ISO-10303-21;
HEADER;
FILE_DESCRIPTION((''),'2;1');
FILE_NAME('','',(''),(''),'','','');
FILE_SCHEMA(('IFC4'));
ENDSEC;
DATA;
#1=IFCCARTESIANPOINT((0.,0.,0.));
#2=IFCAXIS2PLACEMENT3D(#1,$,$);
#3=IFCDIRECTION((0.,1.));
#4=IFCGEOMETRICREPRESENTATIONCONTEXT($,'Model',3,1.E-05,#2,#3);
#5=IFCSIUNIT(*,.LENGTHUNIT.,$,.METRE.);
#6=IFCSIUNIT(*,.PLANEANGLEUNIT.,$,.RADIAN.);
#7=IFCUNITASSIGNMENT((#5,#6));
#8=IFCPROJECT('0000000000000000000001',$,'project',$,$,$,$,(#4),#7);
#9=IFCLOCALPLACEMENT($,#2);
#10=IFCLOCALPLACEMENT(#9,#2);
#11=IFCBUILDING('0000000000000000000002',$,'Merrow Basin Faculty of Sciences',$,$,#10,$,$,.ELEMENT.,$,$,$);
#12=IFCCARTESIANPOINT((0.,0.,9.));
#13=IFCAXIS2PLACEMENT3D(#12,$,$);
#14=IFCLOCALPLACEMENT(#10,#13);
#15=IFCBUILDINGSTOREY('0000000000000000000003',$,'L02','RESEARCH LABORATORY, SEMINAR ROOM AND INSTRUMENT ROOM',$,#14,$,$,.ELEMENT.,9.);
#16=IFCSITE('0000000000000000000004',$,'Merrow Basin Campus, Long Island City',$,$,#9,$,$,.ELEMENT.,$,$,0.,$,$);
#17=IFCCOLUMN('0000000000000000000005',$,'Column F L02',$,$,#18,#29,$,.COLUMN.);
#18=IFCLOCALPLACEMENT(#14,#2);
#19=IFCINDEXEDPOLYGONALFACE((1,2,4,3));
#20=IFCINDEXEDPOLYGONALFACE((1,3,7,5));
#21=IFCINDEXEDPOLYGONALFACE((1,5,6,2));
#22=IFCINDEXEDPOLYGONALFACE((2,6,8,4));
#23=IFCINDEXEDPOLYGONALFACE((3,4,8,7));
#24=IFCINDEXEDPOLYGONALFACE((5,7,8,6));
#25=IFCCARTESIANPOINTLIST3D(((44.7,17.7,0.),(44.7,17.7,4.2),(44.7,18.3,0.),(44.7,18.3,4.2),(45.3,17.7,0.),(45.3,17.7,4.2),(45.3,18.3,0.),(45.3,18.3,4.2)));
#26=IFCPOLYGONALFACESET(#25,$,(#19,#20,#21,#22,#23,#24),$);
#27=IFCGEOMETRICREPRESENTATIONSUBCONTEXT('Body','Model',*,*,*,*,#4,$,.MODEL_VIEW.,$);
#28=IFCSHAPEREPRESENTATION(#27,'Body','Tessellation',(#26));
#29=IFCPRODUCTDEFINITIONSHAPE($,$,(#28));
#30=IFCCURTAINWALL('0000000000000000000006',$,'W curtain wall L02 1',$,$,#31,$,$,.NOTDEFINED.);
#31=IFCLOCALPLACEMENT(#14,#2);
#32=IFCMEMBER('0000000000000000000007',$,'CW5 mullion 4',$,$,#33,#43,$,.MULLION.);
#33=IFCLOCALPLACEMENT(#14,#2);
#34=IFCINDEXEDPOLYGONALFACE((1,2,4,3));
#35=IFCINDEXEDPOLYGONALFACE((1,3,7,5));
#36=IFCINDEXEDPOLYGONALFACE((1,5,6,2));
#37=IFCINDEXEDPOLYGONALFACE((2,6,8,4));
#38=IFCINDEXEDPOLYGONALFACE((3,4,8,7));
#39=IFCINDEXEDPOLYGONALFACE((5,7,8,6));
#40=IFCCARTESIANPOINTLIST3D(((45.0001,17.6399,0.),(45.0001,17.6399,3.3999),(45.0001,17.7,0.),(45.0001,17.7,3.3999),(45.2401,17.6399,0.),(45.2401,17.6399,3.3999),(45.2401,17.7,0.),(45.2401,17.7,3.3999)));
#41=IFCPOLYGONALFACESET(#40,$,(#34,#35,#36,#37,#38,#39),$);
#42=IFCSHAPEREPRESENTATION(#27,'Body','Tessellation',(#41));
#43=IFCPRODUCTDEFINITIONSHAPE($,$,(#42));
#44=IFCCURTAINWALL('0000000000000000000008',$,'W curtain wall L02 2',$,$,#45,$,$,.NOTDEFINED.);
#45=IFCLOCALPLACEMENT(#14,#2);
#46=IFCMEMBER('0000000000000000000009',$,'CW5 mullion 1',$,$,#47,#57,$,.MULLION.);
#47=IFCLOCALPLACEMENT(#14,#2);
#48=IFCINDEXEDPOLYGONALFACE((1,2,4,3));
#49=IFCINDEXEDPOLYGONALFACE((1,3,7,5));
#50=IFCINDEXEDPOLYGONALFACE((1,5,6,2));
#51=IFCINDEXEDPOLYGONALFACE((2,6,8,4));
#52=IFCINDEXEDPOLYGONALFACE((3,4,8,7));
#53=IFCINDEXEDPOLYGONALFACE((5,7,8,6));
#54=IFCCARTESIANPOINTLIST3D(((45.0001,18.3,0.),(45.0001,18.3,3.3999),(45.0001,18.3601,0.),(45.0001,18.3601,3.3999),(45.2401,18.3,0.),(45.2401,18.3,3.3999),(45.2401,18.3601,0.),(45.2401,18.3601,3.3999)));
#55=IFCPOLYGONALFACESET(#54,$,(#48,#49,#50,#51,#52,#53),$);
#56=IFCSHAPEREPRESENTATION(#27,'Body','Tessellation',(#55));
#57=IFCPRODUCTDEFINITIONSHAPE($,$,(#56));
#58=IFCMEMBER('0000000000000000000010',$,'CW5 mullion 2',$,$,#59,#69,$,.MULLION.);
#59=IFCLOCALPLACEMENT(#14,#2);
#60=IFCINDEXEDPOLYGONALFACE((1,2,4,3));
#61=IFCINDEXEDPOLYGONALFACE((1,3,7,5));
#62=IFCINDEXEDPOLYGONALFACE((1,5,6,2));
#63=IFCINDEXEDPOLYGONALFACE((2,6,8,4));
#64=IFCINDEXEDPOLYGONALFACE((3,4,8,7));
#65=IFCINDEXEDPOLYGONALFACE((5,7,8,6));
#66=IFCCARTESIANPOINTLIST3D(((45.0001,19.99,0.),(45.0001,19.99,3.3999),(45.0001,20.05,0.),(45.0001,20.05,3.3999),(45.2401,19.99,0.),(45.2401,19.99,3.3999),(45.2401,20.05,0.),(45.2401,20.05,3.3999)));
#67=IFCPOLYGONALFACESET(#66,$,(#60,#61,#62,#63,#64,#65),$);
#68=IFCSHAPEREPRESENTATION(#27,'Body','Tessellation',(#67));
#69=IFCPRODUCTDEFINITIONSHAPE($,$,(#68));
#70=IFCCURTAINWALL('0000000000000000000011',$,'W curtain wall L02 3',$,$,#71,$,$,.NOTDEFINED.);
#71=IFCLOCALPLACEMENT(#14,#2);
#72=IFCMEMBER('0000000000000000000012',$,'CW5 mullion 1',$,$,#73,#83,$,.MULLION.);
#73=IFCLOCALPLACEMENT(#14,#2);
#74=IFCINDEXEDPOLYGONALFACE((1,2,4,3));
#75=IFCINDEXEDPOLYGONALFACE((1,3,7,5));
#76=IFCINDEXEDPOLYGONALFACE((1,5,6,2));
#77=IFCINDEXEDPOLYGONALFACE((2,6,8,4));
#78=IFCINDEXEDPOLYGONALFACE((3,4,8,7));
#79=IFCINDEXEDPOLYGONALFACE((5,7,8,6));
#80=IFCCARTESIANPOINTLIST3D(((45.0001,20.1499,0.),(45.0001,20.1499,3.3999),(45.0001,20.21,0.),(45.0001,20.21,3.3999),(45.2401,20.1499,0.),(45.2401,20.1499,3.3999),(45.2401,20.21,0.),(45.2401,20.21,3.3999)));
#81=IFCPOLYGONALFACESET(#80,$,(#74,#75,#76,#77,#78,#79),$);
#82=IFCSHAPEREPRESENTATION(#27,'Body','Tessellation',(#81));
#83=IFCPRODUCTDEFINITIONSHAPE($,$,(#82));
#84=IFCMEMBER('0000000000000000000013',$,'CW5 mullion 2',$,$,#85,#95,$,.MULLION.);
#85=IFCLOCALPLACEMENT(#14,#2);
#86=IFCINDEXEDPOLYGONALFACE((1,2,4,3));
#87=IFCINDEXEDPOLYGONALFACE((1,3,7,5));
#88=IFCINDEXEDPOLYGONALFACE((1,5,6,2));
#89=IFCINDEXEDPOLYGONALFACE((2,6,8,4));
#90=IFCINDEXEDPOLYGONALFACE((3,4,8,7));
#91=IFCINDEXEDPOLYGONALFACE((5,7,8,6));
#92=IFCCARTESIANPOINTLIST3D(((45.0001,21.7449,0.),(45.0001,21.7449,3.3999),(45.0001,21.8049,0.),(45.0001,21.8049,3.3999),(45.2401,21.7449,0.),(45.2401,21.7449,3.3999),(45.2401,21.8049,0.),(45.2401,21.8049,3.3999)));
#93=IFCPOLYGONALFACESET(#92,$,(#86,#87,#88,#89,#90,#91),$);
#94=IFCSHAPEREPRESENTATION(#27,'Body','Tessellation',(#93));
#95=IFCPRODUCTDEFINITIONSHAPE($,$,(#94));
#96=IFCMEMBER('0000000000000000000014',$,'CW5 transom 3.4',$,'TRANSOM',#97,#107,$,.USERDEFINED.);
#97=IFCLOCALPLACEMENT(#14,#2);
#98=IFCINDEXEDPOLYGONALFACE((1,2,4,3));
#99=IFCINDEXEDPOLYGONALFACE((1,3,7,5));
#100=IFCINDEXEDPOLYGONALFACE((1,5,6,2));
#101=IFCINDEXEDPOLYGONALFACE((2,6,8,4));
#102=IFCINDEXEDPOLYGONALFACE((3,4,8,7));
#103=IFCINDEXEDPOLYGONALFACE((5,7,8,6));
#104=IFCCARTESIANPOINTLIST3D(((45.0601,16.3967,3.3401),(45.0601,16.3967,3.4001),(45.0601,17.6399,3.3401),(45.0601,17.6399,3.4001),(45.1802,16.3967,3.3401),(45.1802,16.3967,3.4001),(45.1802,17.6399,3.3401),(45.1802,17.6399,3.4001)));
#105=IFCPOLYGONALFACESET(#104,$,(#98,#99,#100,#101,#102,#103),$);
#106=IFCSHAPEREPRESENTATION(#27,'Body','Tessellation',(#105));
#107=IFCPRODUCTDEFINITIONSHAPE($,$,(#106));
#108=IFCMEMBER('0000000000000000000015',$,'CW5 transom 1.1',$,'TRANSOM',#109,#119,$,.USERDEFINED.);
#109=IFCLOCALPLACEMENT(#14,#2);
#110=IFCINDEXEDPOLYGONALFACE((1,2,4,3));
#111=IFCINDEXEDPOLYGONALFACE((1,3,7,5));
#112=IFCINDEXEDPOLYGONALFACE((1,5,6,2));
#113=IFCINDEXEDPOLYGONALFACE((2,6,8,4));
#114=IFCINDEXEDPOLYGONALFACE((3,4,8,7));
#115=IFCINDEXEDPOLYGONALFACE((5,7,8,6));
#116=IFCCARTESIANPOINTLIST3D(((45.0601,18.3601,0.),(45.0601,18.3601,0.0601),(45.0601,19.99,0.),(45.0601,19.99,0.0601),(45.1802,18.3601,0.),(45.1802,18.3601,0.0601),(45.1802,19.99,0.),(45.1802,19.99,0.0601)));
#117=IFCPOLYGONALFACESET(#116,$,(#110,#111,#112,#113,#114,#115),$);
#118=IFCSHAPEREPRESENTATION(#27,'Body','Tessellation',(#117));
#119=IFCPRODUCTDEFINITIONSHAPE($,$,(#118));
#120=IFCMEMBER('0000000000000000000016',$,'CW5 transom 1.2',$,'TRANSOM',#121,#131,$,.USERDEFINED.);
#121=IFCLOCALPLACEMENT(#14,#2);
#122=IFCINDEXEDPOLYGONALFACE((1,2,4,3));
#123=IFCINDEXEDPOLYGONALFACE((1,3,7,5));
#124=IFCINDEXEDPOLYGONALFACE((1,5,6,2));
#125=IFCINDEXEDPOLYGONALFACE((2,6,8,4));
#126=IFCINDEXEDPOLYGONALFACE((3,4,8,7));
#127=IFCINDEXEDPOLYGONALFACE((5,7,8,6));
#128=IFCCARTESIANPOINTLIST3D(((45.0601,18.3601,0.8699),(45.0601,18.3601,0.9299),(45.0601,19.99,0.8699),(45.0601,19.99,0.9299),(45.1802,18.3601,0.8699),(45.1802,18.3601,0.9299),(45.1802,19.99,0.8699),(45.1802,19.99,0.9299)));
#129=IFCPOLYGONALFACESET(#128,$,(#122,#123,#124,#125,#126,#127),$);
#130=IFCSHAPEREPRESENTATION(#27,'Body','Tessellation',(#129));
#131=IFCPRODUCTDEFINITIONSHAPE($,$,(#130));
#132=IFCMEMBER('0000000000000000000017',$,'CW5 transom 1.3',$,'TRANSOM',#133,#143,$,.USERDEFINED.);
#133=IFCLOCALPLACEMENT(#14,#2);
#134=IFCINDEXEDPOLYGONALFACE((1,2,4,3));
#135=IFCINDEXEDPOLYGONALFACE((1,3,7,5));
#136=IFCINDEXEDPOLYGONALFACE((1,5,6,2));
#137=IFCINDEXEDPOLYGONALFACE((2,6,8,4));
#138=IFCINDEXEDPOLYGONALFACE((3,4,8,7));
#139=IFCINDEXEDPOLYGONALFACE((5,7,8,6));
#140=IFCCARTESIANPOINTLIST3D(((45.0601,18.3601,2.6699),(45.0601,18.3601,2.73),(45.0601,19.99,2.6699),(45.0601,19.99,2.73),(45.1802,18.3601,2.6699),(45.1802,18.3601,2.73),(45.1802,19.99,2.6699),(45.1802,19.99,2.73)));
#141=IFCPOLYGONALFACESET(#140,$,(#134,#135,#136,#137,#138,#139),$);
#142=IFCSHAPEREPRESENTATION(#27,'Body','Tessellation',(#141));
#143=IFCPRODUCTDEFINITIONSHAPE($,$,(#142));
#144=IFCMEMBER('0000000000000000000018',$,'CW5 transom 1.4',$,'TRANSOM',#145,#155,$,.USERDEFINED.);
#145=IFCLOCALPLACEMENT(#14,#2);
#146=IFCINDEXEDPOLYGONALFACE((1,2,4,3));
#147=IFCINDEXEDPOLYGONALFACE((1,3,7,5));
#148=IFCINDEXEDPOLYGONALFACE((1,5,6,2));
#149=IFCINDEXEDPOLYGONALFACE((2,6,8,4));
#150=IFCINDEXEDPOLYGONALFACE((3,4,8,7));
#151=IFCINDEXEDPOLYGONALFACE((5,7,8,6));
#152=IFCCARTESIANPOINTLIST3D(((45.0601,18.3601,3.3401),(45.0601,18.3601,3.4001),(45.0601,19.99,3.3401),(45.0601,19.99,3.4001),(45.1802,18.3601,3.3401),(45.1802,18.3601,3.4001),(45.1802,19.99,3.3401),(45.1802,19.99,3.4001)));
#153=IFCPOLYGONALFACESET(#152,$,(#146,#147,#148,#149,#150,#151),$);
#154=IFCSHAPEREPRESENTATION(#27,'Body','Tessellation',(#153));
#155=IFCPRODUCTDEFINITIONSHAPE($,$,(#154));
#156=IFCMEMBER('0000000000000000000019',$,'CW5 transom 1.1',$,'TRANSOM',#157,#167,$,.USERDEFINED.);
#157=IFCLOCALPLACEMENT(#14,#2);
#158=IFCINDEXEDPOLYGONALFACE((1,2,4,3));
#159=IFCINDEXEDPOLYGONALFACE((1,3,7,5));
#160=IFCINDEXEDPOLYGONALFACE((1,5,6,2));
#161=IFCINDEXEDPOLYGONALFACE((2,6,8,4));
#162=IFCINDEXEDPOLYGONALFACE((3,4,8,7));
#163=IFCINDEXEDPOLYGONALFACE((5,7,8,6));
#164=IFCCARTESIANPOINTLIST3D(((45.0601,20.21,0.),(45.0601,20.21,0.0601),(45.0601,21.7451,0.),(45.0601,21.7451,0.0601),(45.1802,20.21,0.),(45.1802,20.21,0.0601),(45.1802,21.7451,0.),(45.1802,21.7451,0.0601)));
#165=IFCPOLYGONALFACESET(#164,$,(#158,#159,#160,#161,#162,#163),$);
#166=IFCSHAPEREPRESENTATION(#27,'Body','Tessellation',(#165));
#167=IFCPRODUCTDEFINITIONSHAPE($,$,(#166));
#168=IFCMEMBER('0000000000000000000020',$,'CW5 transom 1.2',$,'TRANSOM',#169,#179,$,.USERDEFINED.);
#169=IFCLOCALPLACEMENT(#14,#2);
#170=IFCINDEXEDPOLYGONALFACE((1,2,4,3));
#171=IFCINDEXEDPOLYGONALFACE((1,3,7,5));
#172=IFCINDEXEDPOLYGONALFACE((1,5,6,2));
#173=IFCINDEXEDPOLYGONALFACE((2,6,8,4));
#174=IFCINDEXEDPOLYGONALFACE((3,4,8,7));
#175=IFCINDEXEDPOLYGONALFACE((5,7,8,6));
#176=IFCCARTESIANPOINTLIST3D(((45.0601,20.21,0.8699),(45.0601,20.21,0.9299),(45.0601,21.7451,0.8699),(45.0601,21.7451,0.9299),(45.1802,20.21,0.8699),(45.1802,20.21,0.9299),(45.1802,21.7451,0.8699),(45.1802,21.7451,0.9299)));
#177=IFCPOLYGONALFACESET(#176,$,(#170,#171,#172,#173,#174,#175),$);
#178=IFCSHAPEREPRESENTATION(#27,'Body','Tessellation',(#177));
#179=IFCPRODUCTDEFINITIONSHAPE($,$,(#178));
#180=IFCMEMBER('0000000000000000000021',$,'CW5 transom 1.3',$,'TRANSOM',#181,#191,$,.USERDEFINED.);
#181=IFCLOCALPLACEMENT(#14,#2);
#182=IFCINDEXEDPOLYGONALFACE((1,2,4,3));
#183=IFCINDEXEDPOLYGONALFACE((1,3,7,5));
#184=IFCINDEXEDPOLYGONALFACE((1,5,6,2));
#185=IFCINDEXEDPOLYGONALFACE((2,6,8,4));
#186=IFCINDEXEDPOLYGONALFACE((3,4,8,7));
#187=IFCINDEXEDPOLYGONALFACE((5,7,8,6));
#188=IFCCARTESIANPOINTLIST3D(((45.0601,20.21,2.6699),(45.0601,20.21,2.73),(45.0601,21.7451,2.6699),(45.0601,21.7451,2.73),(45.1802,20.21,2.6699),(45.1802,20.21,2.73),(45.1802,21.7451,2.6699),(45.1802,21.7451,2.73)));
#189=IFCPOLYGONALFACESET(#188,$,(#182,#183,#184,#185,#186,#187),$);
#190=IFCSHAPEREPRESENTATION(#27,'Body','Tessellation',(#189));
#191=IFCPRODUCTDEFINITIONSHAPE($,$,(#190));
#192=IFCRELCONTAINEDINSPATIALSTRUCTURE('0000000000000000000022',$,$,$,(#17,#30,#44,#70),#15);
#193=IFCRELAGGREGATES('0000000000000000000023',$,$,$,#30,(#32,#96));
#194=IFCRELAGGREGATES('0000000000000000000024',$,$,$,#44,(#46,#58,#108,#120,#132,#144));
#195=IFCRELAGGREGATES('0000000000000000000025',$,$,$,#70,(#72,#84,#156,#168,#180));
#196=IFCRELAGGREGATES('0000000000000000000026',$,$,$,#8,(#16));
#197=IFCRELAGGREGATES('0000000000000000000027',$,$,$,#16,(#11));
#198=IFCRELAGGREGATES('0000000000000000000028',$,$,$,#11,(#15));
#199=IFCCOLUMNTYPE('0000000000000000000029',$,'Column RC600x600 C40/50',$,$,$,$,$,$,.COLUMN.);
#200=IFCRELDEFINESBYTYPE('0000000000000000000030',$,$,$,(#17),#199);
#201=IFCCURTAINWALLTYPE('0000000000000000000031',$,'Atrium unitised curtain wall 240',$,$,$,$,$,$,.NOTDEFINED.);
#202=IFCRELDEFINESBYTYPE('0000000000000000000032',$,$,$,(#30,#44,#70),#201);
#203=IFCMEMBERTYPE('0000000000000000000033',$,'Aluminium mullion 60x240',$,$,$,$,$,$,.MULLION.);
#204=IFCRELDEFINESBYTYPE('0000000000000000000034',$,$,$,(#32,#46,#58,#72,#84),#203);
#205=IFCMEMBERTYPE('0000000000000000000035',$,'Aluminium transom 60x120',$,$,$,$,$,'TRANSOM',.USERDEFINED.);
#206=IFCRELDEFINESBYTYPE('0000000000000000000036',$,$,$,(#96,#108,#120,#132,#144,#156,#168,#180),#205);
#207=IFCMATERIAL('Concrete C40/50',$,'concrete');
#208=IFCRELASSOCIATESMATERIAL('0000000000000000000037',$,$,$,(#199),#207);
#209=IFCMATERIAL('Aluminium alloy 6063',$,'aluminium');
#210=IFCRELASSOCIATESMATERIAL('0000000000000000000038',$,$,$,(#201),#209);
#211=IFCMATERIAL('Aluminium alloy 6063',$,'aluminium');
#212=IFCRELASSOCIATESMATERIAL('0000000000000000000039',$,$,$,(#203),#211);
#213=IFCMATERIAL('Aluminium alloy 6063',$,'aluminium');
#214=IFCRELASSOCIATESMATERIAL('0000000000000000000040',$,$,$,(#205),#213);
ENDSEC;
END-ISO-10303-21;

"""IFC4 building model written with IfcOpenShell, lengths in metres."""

from ifc_helpers import new_model, si_unit, direction, frame, origin, origin_2d, place, context, subcontext, project, spatial, rectangle, extrude, material, material_profile, profile_set, type_object, element, aggregate, save


model = new_model("IFC4")

# Units and contexts
model_context = context("Model", 3, precision=1e-05, world=origin(), true_north=direction((0.0, 1.0)))
body_context = subcontext(model_context, "Body", "Model", "MODEL_VIEW")
ifc_project = project(units=[si_unit("LENGTHUNIT", "METRE"), si_unit("PLANEANGLEUNIT", "RADIAN")], contexts=[model_context])

# Site, building, storey
site_placement = place(None, origin())
site = spatial("IfcSite", under=ifc_project, at=site_placement, Name="Merrow Basin Campus, Long Island City", CompositionType="ELEMENT", RefElevation=0.0)
building_placement = place(site_placement, origin())
building = spatial("IfcBuilding", under=site, at=building_placement, Name="Merrow Basin Faculty of Sciences", CompositionType="ELEMENT")
storey_placement = place(building_placement, frame((0.0, 0.0, 9.0)))
storey = spatial("IfcBuildingStorey", under=building, at=storey_placement, Name="L02", Description="RESEARCH LABORATORY, SEMINAR ROOM AND INSTRUMENT ROOM", CompositionType="ELEMENT", Elevation=9.0)

# Column
ifc_material_1 = material(Name="Concrete C40/50", Category="concrete")
ifc_material_profile_1 = material_profile(ifc_material_1, rectangle(XDim=0.6001, YDim=0.6001, at=origin_2d()))
ifc_profile_set_1 = profile_set([ifc_material_profile_1], Name="Concrete C40/50")
column_type = type_object("IfcColumnType", Name="Column RC600x600 C40/50", PredefinedType="COLUMN", material=ifc_profile_set_1)
column_placement = place(storey_placement, frame((45.0, 18.0, 0.0), z_axis=(0.0, 0.0, 1.0), x_axis=(1.0, 0.0, 0.0)))
element("IfcColumn", 1, at=column_placement, inside=storey, type_object=column_type, Name="Column F L02", PredefinedType="COLUMN", context=body_context, shape_type="SweptSolid", body=[
    extrude(rectangle(XDim=0.6001, YDim=0.6001, at=origin_2d()), origin(), (0.0, 0.0, 1.0), 4.2),
])

# Curtain wall, member
ifc_material_2 = material(Name="Aluminium alloy 6063", Category="aluminium")
curtain_wall_type = type_object("IfcCurtainWallType", Name="Atrium unitised curtain wall 240", PredefinedType="NOTDEFINED", material=ifc_material_2)
curtain_wall_1_placement = place(storey_placement, origin())
curtain_wall_1 = element("IfcCurtainWall", 2, at=curtain_wall_1_placement, inside=storey, type_object=curtain_wall_type, Name="W curtain wall L02 1", PredefinedType="NOTDEFINED")
ifc_material_3 = material(Name="Aluminium alloy 6063", Category="aluminium")
ifc_material_profile_2 = material_profile(ifc_material_3, rectangle(XDim=0.24, YDim=0.0601, at=origin_2d()))
ifc_profile_set_2 = profile_set([ifc_material_profile_2], Name="Aluminium alloy 6063")
member_type_1 = type_object("IfcMemberType", Name="Aluminium mullion 60x240", PredefinedType="MULLION", material=ifc_profile_set_2)
member_1_placement = place(storey_placement, frame((45.1201, 17.6699, 0.0), z_axis=(0.0, 0.0, 1.0), x_axis=(-1.0, 0.0, 0.0)))
member_1 = element("IfcMember", 3, at=member_1_placement, type_object=member_type_1, Name="CW5 mullion 4", PredefinedType="MULLION", context=body_context, shape_type="SweptSolid", body=[
    extrude(rectangle(XDim=0.24, YDim=0.0601, at=origin_2d()), origin(), (0.0, 0.0, 1.0), 3.3999),
])

# Curtain walls, members
curtain_wall_2_placement = place(storey_placement, origin())
curtain_wall_2 = element("IfcCurtainWall", 4, at=curtain_wall_2_placement, inside=storey, type_object=curtain_wall_type, Name="W curtain wall L02 2", PredefinedType="NOTDEFINED")
member_2_placement = place(storey_placement, frame((45.1201, 18.3301, 0.0), z_axis=(0.0, 0.0, 1.0), x_axis=(-1.0, 0.0, 0.0)))
member_2 = element("IfcMember", 5, at=member_2_placement, type_object=member_type_1, Name="CW5 mullion 1", PredefinedType="MULLION", context=body_context, shape_type="SweptSolid", body=[
    extrude(rectangle(XDim=0.24, YDim=0.0601, at=origin_2d()), origin(), (0.0, 0.0, 1.0), 3.3999),
])
member_3_placement = place(storey_placement, frame((45.1201, 20.02, 0.0), z_axis=(0.0, 0.0, 1.0), x_axis=(-1.0, 0.0, 0.0)))
member_3 = element("IfcMember", 6, at=member_3_placement, type_object=member_type_1, Name="CW5 mullion 2", PredefinedType="MULLION", context=body_context, shape_type="SweptSolid", body=[
    extrude(rectangle(XDim=0.24, YDim=0.0601, at=origin_2d()), origin(), (0.0, 0.0, 1.0), 3.3999),
])
curtain_wall_3_placement = place(storey_placement, origin())
curtain_wall_3 = element("IfcCurtainWall", 7, at=curtain_wall_3_placement, inside=storey, type_object=curtain_wall_type, Name="W curtain wall L02 3", PredefinedType="NOTDEFINED")
member_4_placement = place(storey_placement, frame((45.1201, 20.1799, 0.0), z_axis=(0.0, 0.0, 1.0), x_axis=(-1.0, 0.0, 0.0)))
member_4 = element("IfcMember", 8, at=member_4_placement, type_object=member_type_1, Name="CW5 mullion 1", PredefinedType="MULLION", context=body_context, shape_type="SweptSolid", body=[
    extrude(rectangle(XDim=0.24, YDim=0.0601, at=origin_2d()), origin(), (0.0, 0.0, 1.0), 3.3999),
])
member_5_placement = place(storey_placement, frame((45.1201, 21.7749, 0.0), z_axis=(0.0, 0.0, 1.0), x_axis=(-1.0, 0.0, 0.0)))
member_5 = element("IfcMember", 9, at=member_5_placement, type_object=member_type_1, Name="CW5 mullion 2", PredefinedType="MULLION", context=body_context, shape_type="SweptSolid", body=[
    extrude(rectangle(XDim=0.24, YDim=0.0601, at=origin_2d()), origin(), (0.0, 0.0, 1.0), 3.3999),
])

# Members
ifc_material_4 = material(Name="Aluminium alloy 6063", Category="aluminium")
ifc_material_profile_3 = material_profile(ifc_material_4, rectangle(XDim=0.1201, YDim=0.0601, at=origin_2d()))
ifc_profile_set_3 = profile_set([ifc_material_profile_3], Name="Aluminium alloy 6063")
member_type_2 = type_object("IfcMemberType", Name="Aluminium transom 60x120", ElementType="TRANSOM", PredefinedType="USERDEFINED", material=ifc_profile_set_3)
member_6_placement = place(storey_placement, frame((45.1201, 16.3967, 3.3701), z_axis=(0.0, 1.0, 0.0), x_axis=(-1.0, 0.0, 0.0)))
member_6 = element("IfcMember", 10, at=member_6_placement, type_object=member_type_2, Name="CW5 transom 3.4", ObjectType="TRANSOM", PredefinedType="USERDEFINED", context=body_context, shape_type="SweptSolid", body=[
    extrude(rectangle(XDim=0.1201, YDim=0.0601, at=origin_2d()), origin(), (0.0, 0.0, 1.0), 1.2432),
])
member_7_placement = place(storey_placement, frame((45.1201, 18.3601, 0.03), z_axis=(0.0, 1.0, 0.0), x_axis=(-1.0, 0.0, 0.0)))
member_7 = element("IfcMember", 11, at=member_7_placement, type_object=member_type_2, Name="CW5 transom 1.1", ObjectType="TRANSOM", PredefinedType="USERDEFINED", context=body_context, shape_type="SweptSolid", body=[
    extrude(rectangle(XDim=0.1201, YDim=0.0601, at=origin_2d()), origin(), (0.0, 0.0, 1.0), 1.6299),
])
member_8_placement = place(storey_placement, frame((45.1201, 18.3601, 0.8999), z_axis=(0.0, 1.0, 0.0), x_axis=(-1.0, 0.0, 0.0)))
member_8 = element("IfcMember", 12, at=member_8_placement, type_object=member_type_2, Name="CW5 transom 1.2", ObjectType="TRANSOM", PredefinedType="USERDEFINED", context=body_context, shape_type="SweptSolid", body=[
    extrude(rectangle(XDim=0.1201, YDim=0.0601, at=origin_2d()), origin(), (0.0, 0.0, 1.0), 1.6299),
])
member_9_placement = place(storey_placement, frame((45.1201, 18.3601, 2.7), z_axis=(0.0, 1.0, 0.0), x_axis=(-1.0, 0.0, 0.0)))
member_9 = element("IfcMember", 13, at=member_9_placement, type_object=member_type_2, Name="CW5 transom 1.3", ObjectType="TRANSOM", PredefinedType="USERDEFINED", context=body_context, shape_type="SweptSolid", body=[
    extrude(rectangle(XDim=0.1201, YDim=0.0601, at=origin_2d()), origin(), (0.0, 0.0, 1.0), 1.6299),
])
member_10_placement = place(storey_placement, frame((45.1201, 18.3601, 3.3701), z_axis=(0.0, 1.0, 0.0), x_axis=(-1.0, 0.0, 0.0)))
member_10 = element("IfcMember", 14, at=member_10_placement, type_object=member_type_2, Name="CW5 transom 1.4", ObjectType="TRANSOM", PredefinedType="USERDEFINED", context=body_context, shape_type="SweptSolid", body=[
    extrude(rectangle(XDim=0.1201, YDim=0.0601, at=origin_2d()), origin(), (0.0, 0.0, 1.0), 1.6299),
])
member_11_placement = place(storey_placement, frame((45.1201, 20.21, 0.03), z_axis=(0.0, 1.0, 0.0), x_axis=(-1.0, 0.0, 0.0)))
member_11 = element("IfcMember", 15, at=member_11_placement, type_object=member_type_2, Name="CW5 transom 1.1", ObjectType="TRANSOM", PredefinedType="USERDEFINED", context=body_context, shape_type="SweptSolid", body=[
    extrude(rectangle(XDim=0.1201, YDim=0.0601, at=origin_2d()), origin(), (0.0, 0.0, 1.0), 1.5352),
])
member_12_placement = place(storey_placement, frame((45.1201, 20.21, 0.8999), z_axis=(0.0, 1.0, 0.0), x_axis=(-1.0, 0.0, 0.0)))
member_12 = element("IfcMember", 16, at=member_12_placement, type_object=member_type_2, Name="CW5 transom 1.2", ObjectType="TRANSOM", PredefinedType="USERDEFINED", context=body_context, shape_type="SweptSolid", body=[
    extrude(rectangle(XDim=0.1201, YDim=0.0601, at=origin_2d()), origin(), (0.0, 0.0, 1.0), 1.5352),
])
member_13_placement = place(storey_placement, frame((45.1201, 20.21, 2.7), z_axis=(0.0, 1.0, 0.0), x_axis=(-1.0, 0.0, 0.0)))
member_13 = element("IfcMember", 17, at=member_13_placement, type_object=member_type_2, Name="CW5 transom 1.3", ObjectType="TRANSOM", PredefinedType="USERDEFINED", context=body_context, shape_type="SweptSolid", body=[
    extrude(rectangle(XDim=0.1201, YDim=0.0601, at=origin_2d()), origin(), (0.0, 0.0, 1.0), 1.5352),
])

aggregate(curtain_wall_1, [member_1, member_6])
aggregate(curtain_wall_2, [member_2, member_3, member_7, member_8, member_9, member_10])
aggregate(curtain_wall_3, [member_4, member_5, member_11, member_12, member_13])

save(model, "model.ifc")
